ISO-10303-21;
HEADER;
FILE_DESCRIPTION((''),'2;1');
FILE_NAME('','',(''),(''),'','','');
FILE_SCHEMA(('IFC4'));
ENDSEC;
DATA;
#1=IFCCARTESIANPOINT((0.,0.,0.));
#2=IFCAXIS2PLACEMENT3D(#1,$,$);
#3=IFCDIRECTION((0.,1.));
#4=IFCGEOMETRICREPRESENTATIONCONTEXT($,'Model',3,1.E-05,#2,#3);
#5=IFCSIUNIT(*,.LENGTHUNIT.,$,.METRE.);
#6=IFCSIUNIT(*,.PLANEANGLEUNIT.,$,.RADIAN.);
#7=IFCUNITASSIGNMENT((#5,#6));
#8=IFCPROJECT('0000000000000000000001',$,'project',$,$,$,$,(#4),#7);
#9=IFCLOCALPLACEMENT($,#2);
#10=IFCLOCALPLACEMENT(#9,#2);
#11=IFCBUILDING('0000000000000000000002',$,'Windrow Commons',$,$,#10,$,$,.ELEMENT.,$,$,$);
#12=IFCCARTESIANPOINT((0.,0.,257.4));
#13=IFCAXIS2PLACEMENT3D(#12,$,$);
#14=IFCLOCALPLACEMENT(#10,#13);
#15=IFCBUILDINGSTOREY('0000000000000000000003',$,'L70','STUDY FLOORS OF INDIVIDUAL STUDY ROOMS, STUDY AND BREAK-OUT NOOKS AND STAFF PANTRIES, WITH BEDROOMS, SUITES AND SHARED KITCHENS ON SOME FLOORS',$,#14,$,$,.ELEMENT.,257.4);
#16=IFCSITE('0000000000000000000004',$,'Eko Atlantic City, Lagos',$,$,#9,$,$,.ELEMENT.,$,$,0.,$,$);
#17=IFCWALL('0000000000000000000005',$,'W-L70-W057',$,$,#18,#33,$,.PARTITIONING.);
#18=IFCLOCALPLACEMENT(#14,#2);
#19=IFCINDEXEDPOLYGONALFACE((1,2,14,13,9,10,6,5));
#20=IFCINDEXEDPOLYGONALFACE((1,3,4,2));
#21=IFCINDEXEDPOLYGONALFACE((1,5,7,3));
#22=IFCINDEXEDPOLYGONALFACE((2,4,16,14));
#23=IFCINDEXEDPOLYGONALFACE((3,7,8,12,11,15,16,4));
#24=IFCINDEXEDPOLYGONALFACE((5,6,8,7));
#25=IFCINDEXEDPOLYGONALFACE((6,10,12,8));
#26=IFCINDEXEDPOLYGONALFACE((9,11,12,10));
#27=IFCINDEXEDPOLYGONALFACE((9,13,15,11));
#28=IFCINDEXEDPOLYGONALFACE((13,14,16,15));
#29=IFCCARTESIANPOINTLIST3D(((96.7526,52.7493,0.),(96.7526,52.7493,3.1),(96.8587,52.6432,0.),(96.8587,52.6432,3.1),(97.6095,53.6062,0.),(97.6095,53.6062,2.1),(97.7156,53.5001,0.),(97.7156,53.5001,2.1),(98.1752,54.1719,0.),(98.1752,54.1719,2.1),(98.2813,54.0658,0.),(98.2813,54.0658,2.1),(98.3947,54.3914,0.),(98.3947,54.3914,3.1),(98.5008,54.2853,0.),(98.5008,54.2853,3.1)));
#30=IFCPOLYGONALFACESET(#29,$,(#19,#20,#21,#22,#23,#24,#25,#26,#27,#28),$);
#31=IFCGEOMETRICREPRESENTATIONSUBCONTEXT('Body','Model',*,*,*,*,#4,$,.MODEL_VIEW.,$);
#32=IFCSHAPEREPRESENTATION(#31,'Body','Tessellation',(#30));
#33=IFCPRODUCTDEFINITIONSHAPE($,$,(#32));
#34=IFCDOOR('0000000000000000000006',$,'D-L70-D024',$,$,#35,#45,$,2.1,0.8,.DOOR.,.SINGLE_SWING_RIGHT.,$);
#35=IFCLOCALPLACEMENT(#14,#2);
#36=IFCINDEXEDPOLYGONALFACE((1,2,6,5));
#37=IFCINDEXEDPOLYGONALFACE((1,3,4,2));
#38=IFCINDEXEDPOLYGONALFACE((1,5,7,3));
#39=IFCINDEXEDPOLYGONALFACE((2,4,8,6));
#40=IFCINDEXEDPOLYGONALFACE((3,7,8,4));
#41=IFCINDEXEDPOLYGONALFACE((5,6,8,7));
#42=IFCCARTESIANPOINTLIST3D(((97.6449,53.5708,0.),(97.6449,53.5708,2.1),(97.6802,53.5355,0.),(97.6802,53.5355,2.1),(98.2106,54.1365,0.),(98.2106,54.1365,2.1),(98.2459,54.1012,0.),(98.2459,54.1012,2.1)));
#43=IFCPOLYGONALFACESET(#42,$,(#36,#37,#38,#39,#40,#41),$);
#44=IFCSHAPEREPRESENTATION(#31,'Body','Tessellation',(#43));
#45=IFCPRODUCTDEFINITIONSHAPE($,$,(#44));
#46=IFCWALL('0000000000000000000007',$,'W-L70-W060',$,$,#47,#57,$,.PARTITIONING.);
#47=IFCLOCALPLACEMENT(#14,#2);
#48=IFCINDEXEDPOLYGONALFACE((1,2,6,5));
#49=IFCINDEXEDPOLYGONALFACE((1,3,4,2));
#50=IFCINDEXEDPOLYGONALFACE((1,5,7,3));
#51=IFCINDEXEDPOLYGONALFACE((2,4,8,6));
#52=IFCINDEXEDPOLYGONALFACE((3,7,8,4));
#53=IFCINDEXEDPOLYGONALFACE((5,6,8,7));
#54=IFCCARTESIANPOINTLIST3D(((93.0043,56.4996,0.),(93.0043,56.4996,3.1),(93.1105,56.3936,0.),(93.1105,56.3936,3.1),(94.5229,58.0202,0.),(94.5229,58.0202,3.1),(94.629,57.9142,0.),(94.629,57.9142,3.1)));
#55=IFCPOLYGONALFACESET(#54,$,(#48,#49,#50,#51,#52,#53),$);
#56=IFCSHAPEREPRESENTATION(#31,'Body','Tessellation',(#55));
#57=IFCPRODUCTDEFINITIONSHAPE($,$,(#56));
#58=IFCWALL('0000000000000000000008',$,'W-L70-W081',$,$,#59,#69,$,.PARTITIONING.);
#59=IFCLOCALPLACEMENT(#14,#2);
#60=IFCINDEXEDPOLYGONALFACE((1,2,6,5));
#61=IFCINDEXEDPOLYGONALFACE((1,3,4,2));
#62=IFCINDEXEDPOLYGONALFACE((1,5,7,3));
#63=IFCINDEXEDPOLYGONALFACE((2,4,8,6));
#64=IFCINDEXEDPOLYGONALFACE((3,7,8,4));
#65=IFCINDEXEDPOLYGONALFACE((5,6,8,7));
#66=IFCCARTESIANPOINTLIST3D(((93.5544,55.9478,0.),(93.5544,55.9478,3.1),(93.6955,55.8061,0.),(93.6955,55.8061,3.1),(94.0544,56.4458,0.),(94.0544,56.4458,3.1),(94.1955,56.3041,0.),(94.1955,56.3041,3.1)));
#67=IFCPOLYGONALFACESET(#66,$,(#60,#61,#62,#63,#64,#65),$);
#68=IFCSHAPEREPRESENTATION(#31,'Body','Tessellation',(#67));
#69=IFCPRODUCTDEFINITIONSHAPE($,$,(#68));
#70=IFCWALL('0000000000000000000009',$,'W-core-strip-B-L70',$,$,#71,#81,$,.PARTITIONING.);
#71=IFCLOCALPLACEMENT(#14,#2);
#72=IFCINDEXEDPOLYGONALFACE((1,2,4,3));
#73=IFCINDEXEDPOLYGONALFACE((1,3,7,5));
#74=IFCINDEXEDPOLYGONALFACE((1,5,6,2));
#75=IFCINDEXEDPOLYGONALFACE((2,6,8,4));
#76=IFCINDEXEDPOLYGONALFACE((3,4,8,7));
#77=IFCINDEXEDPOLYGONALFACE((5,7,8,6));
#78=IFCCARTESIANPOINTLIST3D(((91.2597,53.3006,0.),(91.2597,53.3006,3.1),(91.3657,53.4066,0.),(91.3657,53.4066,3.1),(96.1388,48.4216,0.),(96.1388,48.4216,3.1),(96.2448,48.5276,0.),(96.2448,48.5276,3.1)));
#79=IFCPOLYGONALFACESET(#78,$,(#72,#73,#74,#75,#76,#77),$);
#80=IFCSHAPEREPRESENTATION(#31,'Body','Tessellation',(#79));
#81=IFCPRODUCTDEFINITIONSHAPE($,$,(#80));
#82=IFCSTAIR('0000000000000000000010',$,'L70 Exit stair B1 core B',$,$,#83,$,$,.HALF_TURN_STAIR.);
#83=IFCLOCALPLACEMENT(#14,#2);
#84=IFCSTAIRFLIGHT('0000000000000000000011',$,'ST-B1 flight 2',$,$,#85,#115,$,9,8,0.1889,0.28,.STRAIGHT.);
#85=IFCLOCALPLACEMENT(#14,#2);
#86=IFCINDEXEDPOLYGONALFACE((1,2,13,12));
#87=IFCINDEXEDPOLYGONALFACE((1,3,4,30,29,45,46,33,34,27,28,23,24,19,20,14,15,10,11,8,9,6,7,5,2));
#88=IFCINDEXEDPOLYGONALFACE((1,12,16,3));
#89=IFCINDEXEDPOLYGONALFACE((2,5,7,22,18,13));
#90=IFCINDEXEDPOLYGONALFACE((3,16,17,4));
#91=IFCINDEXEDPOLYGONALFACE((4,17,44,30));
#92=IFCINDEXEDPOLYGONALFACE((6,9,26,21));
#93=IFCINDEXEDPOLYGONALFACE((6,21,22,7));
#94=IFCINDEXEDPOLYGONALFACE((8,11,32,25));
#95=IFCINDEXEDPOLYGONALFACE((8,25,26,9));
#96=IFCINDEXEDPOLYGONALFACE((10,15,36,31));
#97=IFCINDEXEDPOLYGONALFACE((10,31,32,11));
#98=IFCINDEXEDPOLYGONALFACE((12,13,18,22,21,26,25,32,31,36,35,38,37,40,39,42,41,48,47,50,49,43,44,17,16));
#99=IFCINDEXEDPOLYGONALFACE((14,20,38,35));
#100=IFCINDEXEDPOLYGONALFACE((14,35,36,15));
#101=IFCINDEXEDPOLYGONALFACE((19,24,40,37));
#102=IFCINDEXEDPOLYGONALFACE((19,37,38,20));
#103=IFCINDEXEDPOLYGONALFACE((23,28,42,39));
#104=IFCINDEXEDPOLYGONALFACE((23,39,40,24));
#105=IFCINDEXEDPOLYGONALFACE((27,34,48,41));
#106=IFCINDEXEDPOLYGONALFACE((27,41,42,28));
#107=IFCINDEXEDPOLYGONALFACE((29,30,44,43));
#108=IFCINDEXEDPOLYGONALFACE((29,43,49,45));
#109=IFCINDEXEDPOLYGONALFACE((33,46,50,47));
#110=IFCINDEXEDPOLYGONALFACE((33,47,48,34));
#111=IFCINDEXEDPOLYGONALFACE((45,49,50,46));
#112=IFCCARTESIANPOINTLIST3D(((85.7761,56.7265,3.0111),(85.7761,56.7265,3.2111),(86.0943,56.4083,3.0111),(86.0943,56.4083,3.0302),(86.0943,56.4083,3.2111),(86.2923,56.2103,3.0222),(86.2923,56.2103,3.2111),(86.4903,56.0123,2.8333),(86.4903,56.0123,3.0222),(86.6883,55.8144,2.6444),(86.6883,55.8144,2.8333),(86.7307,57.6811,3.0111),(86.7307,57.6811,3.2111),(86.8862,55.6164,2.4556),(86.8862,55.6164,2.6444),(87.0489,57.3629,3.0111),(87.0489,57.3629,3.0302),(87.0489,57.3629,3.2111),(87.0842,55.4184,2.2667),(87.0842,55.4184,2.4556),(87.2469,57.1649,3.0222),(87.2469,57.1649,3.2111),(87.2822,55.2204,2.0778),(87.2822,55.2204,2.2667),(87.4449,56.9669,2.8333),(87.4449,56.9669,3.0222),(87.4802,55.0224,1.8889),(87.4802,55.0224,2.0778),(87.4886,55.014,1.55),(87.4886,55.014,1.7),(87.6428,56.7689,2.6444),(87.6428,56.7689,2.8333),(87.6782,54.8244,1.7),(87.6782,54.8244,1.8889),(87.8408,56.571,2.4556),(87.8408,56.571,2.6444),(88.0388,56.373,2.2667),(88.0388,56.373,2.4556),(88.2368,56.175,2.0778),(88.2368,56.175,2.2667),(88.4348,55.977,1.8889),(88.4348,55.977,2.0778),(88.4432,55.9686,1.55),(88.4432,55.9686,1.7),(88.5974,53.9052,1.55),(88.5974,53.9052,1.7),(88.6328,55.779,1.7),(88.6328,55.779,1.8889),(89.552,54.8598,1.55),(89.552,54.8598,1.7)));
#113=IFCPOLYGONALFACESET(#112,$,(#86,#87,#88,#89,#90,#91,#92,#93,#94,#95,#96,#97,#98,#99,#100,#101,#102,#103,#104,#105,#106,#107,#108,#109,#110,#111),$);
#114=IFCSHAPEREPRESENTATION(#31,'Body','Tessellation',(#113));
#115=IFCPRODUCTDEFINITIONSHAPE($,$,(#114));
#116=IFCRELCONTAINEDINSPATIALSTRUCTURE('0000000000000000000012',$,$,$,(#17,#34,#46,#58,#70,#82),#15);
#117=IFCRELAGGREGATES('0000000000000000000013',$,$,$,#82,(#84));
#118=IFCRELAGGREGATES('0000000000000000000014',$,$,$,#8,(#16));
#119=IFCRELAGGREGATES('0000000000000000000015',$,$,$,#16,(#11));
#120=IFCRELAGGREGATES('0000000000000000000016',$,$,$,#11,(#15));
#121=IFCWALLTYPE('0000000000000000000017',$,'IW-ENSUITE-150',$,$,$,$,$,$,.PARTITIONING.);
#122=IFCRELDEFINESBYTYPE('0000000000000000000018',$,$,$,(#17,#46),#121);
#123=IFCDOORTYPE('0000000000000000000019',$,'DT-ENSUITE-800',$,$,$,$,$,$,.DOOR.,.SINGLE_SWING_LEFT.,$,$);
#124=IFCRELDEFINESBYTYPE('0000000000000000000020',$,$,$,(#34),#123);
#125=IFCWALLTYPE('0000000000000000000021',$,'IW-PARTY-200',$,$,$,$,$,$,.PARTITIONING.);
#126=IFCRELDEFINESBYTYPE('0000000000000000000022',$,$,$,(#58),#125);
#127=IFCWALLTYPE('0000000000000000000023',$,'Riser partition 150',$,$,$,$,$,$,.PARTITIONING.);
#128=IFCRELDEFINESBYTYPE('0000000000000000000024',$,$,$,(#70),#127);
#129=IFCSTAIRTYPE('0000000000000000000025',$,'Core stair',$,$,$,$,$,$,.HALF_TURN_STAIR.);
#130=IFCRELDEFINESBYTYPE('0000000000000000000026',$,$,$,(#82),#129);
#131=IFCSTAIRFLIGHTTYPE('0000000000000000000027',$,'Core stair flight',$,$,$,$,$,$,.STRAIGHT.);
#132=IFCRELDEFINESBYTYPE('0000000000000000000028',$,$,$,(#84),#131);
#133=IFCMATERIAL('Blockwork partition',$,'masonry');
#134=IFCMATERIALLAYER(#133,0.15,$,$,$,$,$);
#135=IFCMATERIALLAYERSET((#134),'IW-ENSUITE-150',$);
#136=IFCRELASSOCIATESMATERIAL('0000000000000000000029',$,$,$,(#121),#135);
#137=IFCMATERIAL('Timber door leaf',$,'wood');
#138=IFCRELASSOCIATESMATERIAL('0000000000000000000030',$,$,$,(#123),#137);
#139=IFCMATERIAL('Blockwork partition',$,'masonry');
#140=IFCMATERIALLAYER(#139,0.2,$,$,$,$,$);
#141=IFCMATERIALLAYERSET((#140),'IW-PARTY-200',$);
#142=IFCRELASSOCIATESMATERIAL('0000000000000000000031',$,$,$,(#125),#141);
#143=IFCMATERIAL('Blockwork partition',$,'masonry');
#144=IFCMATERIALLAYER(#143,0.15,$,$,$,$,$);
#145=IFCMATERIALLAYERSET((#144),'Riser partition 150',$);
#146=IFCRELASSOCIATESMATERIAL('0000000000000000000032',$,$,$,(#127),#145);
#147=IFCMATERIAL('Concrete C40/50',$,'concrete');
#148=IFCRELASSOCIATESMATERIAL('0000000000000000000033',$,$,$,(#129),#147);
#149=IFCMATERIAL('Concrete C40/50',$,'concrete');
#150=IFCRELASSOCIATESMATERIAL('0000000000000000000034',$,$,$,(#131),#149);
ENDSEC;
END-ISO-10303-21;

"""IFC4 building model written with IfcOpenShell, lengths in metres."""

from ifc_helpers import new_model, si_unit, direction, frame, frame_2d, origin, place, context, subcontext, project, spatial, polyline, rectangle, outline, extrude, material, layer, layer_set, type_object, element, fill, aggregate, save


model = new_model("IFC4")

# Units and contexts
model_context = context("Model", 3, precision=1e-05, world=origin(), true_north=direction((0.0, 1.0)))
body_context = subcontext(model_context, "Body", "Model", "MODEL_VIEW")
ifc_project = project(units=[si_unit("LENGTHUNIT", "METRE"), si_unit("PLANEANGLEUNIT", "RADIAN")], contexts=[model_context])

# Site, building, storey
site_placement = place(None, origin())
site = spatial("IfcSite", under=ifc_project, at=site_placement, Name="Eko Atlantic City, Lagos", CompositionType="ELEMENT", RefElevation=0.0)
building_placement = place(site_placement, origin())
building = spatial("IfcBuilding", under=site, at=building_placement, Name="Windrow Commons", CompositionType="ELEMENT")
storey_placement = place(building_placement, frame((0.0, 0.0, 257.4)))
storey = spatial("IfcBuildingStorey", under=building, at=storey_placement, Name="L70", Description="STUDY FLOORS OF INDIVIDUAL STUDY ROOMS, STUDY AND BREAK-OUT NOOKS AND STAFF PANTRIES, WITH BEDROOMS, SUITES AND SHARED KITCHENS ON SOME FLOORS", CompositionType="ELEMENT", Elevation=257.4)

# Wall, opening, door
ifc_material_1 = material(Name="Blockwork partition", Category="masonry")
ifc_layer_1 = layer(ifc_material_1, 0.15)
ifc_layer_set_1 = layer_set([ifc_layer_1], Name="IW-ENSUITE-150")
wall_type_1 = type_object("IfcWallType", Name="IW-ENSUITE-150", PredefinedType="PARTITIONING", material=ifc_layer_set_1)
wall_1_placement = place(storey_placement, frame((96.8057, 52.6963, 0.0), z_axis=(0.0, 0.0, 1.0), x_axis=(0.707107, 0.707107, 0.0)))
wall_1 = element("IfcWall", 1, at=wall_1_placement, inside=storey, type_object=wall_type_1, Name="W-L70-W057", PredefinedType="PARTITIONING", context=body_context, shape_type="SweptSolid", body=[
    extrude(rectangle(XDim=2.3223, YDim=0.15, at=frame_2d((1.1611, 0.0))), origin(), (0.0, 0.0, 1.0), 3.1),
])
opening_1_placement = place(wall_1_placement, frame((1.2118, 0.0, 0.0)))
opening_1 = element("IfcOpeningElement", 2, at=opening_1_placement, cuts=wall_1, PredefinedType="OPENING", context=body_context, shape_type="SweptSolid", body=[
    extrude(rectangle(XDim=0.8, YDim=2.1, at=frame_2d((0.4, 1.05))), frame((0.0, 0.085, 0.0), z_axis=(0.0, -1.0, 0.0), x_axis=(1.0, 0.0, 0.0)), (0.0, 0.0, 1.0), 0.17),
])
ifc_material_2 = material(Name="Timber door leaf", Category="wood")
door_type_1 = type_object("IfcDoorType", Name="DT-ENSUITE-800", OperationType="SINGLE_SWING_LEFT", PredefinedType="DOOR", material=ifc_material_2)
door_1_placement = place(opening_1_placement, origin())
door_1 = element("IfcDoor", 3, at=door_1_placement, inside=storey, type_object=door_type_1, Name="D-L70-D024", OperationType="SINGLE_SWING_RIGHT", OverallHeight=2.1, OverallWidth=0.8, PredefinedType="DOOR", context=body_context, shape_type="SweptSolid", body=[
    extrude(rectangle(XDim=0.8, YDim=2.1, at=frame_2d((0.4, 1.05))), frame((0.0, 0.025, 0.0), z_axis=(0.0, -1.0, 0.0), x_axis=(1.0, 0.0, 0.0)), (0.0, 0.0, 1.0), 0.05),
])
fill(opening_1, door_1)

# Walls
wall_2_placement = place(storey_placement, frame((93.0574, 56.4466, 0.0), z_axis=(0.0, 0.0, 1.0), x_axis=(0.706618, 0.707595, 0.0)))
element("IfcWall", 4, at=wall_2_placement, inside=storey, type_object=wall_type_1, Name="W-L70-W060", PredefinedType="PARTITIONING", context=body_context, shape_type="SweptSolid", body=[
    extrude(rectangle(XDim=2.149, YDim=0.15, at=frame_2d((1.0745, 0.0))), origin(), (0.0, 0.0, 1.0), 3.1),
])
ifc_material_3 = material(Name="Blockwork partition", Category="masonry")
ifc_layer_2 = layer(ifc_material_3, 0.2)
ifc_layer_set_2 = layer_set([ifc_layer_2], Name="IW-PARTY-200")
wall_type_2 = type_object("IfcWallType", Name="IW-PARTY-200", PredefinedType="PARTITIONING", material=ifc_layer_set_2)
wall_3_placement = place(storey_placement, frame((93.625, 55.877, 0.0), z_axis=(0.0, 0.0, 1.0), x_axis=(0.708522, 0.705688, 0.0)))
element("IfcWall", 5, at=wall_3_placement, inside=storey, type_object=wall_type_2, Name="W-L70-W081", PredefinedType="PARTITIONING", context=body_context, shape_type="SweptSolid", body=[
    extrude(rectangle(XDim=0.7057, YDim=0.2, at=frame_2d((0.3528, 0.0))), origin(), (0.0, 0.0, 1.0), 3.1),
])
ifc_material_4 = material(Name="Blockwork partition", Category="masonry")
ifc_layer_3 = layer(ifc_material_4, 0.15)
ifc_layer_set_3 = layer_set([ifc_layer_3], Name="Riser partition 150")
wall_type_3 = type_object("IfcWallType", Name="Riser partition 150", PredefinedType="PARTITIONING", material=ifc_layer_set_3)
wall_4_placement = place(storey_placement, frame((91.3127, 53.3536, 0.0), z_axis=(0.0, 0.0, 1.0), x_axis=(0.707114, -0.7071, 0.0)))
element("IfcWall", 6, at=wall_4_placement, inside=storey, type_object=wall_type_3, Name="W-core-strip-B-L70", PredefinedType="PARTITIONING", context=body_context, shape_type="SweptSolid", body=[
    extrude(rectangle(XDim=6.9, YDim=0.15, at=frame_2d((3.45, 0.0))), origin(), (0.0, 0.0, 1.0), 3.1),
])

# Stair, stair flight
ifc_material_5 = material(Name="Concrete C40/50", Category="concrete")
stair_type = type_object("IfcStairType", Name="Core stair", PredefinedType="HALF_TURN_STAIR", material=ifc_material_5)
stair_placement = place(storey_placement, origin())
stair = element("IfcStair", 7, at=stair_placement, inside=storey, type_object=stair_type, Name="L70 Exit stair B1 core B", PredefinedType="HALF_TURN_STAIR")
ifc_material_6 = material(Name="Concrete C40/50", Category="concrete")
stair_flight_type = type_object("IfcStairFlightType", Name="Core stair flight", PredefinedType="STRAIGHT", material=ifc_material_6)
stair_flight_placement = place(storey_placement, frame((88.1555, 55.3017, 1.7), z_axis=(0.0, 0.0, 1.0), x_axis=(-0.707107, 0.707107, 0.0)))
stair_flight = element("IfcStairFlight", 8, at=stair_flight_placement, type_object=stair_flight_type, Name="ST-B1 flight 2", NumberOfRisers=9, NumberOfTreads=8, PredefinedType="STRAIGHT", RiserHeight=0.1889, TreadLength=0.28, context=body_context, shape_type="SweptSolid", body=[
    extrude(outline(polyline([(-1.3, -0.15), (-1.3, 0.0), (0.0, 0.0), (0.0, 0.1889), (0.28, 0.1889), (0.28, 0.3778), (0.56, 0.3778), (0.56, 0.5667), (0.84, 0.5667), (0.84, 0.7556), (1.12, 0.7556), (1.12, 0.9444), (1.4, 0.9444), (1.4, 1.1333), (1.68, 1.1333), (1.68, 1.3222), (1.96, 1.3222), (1.96, 1.5111), (2.24, 1.5111), (2.69, 1.5111), (2.69, 1.3111), (2.24, 1.3111), (2.24, 1.3302), (0.2682, 0.0), (0.2682, -0.15), (-1.3, -0.15)])), frame((0.0, 0.675, 0.0), z_axis=(0.0, -1.0, 0.0), x_axis=(1.0, 0.0, 0.0)), (0.0, 0.0, 1.0), 1.35),
])
aggregate(stair, [stair_flight])

save(model, "model.ifc")
